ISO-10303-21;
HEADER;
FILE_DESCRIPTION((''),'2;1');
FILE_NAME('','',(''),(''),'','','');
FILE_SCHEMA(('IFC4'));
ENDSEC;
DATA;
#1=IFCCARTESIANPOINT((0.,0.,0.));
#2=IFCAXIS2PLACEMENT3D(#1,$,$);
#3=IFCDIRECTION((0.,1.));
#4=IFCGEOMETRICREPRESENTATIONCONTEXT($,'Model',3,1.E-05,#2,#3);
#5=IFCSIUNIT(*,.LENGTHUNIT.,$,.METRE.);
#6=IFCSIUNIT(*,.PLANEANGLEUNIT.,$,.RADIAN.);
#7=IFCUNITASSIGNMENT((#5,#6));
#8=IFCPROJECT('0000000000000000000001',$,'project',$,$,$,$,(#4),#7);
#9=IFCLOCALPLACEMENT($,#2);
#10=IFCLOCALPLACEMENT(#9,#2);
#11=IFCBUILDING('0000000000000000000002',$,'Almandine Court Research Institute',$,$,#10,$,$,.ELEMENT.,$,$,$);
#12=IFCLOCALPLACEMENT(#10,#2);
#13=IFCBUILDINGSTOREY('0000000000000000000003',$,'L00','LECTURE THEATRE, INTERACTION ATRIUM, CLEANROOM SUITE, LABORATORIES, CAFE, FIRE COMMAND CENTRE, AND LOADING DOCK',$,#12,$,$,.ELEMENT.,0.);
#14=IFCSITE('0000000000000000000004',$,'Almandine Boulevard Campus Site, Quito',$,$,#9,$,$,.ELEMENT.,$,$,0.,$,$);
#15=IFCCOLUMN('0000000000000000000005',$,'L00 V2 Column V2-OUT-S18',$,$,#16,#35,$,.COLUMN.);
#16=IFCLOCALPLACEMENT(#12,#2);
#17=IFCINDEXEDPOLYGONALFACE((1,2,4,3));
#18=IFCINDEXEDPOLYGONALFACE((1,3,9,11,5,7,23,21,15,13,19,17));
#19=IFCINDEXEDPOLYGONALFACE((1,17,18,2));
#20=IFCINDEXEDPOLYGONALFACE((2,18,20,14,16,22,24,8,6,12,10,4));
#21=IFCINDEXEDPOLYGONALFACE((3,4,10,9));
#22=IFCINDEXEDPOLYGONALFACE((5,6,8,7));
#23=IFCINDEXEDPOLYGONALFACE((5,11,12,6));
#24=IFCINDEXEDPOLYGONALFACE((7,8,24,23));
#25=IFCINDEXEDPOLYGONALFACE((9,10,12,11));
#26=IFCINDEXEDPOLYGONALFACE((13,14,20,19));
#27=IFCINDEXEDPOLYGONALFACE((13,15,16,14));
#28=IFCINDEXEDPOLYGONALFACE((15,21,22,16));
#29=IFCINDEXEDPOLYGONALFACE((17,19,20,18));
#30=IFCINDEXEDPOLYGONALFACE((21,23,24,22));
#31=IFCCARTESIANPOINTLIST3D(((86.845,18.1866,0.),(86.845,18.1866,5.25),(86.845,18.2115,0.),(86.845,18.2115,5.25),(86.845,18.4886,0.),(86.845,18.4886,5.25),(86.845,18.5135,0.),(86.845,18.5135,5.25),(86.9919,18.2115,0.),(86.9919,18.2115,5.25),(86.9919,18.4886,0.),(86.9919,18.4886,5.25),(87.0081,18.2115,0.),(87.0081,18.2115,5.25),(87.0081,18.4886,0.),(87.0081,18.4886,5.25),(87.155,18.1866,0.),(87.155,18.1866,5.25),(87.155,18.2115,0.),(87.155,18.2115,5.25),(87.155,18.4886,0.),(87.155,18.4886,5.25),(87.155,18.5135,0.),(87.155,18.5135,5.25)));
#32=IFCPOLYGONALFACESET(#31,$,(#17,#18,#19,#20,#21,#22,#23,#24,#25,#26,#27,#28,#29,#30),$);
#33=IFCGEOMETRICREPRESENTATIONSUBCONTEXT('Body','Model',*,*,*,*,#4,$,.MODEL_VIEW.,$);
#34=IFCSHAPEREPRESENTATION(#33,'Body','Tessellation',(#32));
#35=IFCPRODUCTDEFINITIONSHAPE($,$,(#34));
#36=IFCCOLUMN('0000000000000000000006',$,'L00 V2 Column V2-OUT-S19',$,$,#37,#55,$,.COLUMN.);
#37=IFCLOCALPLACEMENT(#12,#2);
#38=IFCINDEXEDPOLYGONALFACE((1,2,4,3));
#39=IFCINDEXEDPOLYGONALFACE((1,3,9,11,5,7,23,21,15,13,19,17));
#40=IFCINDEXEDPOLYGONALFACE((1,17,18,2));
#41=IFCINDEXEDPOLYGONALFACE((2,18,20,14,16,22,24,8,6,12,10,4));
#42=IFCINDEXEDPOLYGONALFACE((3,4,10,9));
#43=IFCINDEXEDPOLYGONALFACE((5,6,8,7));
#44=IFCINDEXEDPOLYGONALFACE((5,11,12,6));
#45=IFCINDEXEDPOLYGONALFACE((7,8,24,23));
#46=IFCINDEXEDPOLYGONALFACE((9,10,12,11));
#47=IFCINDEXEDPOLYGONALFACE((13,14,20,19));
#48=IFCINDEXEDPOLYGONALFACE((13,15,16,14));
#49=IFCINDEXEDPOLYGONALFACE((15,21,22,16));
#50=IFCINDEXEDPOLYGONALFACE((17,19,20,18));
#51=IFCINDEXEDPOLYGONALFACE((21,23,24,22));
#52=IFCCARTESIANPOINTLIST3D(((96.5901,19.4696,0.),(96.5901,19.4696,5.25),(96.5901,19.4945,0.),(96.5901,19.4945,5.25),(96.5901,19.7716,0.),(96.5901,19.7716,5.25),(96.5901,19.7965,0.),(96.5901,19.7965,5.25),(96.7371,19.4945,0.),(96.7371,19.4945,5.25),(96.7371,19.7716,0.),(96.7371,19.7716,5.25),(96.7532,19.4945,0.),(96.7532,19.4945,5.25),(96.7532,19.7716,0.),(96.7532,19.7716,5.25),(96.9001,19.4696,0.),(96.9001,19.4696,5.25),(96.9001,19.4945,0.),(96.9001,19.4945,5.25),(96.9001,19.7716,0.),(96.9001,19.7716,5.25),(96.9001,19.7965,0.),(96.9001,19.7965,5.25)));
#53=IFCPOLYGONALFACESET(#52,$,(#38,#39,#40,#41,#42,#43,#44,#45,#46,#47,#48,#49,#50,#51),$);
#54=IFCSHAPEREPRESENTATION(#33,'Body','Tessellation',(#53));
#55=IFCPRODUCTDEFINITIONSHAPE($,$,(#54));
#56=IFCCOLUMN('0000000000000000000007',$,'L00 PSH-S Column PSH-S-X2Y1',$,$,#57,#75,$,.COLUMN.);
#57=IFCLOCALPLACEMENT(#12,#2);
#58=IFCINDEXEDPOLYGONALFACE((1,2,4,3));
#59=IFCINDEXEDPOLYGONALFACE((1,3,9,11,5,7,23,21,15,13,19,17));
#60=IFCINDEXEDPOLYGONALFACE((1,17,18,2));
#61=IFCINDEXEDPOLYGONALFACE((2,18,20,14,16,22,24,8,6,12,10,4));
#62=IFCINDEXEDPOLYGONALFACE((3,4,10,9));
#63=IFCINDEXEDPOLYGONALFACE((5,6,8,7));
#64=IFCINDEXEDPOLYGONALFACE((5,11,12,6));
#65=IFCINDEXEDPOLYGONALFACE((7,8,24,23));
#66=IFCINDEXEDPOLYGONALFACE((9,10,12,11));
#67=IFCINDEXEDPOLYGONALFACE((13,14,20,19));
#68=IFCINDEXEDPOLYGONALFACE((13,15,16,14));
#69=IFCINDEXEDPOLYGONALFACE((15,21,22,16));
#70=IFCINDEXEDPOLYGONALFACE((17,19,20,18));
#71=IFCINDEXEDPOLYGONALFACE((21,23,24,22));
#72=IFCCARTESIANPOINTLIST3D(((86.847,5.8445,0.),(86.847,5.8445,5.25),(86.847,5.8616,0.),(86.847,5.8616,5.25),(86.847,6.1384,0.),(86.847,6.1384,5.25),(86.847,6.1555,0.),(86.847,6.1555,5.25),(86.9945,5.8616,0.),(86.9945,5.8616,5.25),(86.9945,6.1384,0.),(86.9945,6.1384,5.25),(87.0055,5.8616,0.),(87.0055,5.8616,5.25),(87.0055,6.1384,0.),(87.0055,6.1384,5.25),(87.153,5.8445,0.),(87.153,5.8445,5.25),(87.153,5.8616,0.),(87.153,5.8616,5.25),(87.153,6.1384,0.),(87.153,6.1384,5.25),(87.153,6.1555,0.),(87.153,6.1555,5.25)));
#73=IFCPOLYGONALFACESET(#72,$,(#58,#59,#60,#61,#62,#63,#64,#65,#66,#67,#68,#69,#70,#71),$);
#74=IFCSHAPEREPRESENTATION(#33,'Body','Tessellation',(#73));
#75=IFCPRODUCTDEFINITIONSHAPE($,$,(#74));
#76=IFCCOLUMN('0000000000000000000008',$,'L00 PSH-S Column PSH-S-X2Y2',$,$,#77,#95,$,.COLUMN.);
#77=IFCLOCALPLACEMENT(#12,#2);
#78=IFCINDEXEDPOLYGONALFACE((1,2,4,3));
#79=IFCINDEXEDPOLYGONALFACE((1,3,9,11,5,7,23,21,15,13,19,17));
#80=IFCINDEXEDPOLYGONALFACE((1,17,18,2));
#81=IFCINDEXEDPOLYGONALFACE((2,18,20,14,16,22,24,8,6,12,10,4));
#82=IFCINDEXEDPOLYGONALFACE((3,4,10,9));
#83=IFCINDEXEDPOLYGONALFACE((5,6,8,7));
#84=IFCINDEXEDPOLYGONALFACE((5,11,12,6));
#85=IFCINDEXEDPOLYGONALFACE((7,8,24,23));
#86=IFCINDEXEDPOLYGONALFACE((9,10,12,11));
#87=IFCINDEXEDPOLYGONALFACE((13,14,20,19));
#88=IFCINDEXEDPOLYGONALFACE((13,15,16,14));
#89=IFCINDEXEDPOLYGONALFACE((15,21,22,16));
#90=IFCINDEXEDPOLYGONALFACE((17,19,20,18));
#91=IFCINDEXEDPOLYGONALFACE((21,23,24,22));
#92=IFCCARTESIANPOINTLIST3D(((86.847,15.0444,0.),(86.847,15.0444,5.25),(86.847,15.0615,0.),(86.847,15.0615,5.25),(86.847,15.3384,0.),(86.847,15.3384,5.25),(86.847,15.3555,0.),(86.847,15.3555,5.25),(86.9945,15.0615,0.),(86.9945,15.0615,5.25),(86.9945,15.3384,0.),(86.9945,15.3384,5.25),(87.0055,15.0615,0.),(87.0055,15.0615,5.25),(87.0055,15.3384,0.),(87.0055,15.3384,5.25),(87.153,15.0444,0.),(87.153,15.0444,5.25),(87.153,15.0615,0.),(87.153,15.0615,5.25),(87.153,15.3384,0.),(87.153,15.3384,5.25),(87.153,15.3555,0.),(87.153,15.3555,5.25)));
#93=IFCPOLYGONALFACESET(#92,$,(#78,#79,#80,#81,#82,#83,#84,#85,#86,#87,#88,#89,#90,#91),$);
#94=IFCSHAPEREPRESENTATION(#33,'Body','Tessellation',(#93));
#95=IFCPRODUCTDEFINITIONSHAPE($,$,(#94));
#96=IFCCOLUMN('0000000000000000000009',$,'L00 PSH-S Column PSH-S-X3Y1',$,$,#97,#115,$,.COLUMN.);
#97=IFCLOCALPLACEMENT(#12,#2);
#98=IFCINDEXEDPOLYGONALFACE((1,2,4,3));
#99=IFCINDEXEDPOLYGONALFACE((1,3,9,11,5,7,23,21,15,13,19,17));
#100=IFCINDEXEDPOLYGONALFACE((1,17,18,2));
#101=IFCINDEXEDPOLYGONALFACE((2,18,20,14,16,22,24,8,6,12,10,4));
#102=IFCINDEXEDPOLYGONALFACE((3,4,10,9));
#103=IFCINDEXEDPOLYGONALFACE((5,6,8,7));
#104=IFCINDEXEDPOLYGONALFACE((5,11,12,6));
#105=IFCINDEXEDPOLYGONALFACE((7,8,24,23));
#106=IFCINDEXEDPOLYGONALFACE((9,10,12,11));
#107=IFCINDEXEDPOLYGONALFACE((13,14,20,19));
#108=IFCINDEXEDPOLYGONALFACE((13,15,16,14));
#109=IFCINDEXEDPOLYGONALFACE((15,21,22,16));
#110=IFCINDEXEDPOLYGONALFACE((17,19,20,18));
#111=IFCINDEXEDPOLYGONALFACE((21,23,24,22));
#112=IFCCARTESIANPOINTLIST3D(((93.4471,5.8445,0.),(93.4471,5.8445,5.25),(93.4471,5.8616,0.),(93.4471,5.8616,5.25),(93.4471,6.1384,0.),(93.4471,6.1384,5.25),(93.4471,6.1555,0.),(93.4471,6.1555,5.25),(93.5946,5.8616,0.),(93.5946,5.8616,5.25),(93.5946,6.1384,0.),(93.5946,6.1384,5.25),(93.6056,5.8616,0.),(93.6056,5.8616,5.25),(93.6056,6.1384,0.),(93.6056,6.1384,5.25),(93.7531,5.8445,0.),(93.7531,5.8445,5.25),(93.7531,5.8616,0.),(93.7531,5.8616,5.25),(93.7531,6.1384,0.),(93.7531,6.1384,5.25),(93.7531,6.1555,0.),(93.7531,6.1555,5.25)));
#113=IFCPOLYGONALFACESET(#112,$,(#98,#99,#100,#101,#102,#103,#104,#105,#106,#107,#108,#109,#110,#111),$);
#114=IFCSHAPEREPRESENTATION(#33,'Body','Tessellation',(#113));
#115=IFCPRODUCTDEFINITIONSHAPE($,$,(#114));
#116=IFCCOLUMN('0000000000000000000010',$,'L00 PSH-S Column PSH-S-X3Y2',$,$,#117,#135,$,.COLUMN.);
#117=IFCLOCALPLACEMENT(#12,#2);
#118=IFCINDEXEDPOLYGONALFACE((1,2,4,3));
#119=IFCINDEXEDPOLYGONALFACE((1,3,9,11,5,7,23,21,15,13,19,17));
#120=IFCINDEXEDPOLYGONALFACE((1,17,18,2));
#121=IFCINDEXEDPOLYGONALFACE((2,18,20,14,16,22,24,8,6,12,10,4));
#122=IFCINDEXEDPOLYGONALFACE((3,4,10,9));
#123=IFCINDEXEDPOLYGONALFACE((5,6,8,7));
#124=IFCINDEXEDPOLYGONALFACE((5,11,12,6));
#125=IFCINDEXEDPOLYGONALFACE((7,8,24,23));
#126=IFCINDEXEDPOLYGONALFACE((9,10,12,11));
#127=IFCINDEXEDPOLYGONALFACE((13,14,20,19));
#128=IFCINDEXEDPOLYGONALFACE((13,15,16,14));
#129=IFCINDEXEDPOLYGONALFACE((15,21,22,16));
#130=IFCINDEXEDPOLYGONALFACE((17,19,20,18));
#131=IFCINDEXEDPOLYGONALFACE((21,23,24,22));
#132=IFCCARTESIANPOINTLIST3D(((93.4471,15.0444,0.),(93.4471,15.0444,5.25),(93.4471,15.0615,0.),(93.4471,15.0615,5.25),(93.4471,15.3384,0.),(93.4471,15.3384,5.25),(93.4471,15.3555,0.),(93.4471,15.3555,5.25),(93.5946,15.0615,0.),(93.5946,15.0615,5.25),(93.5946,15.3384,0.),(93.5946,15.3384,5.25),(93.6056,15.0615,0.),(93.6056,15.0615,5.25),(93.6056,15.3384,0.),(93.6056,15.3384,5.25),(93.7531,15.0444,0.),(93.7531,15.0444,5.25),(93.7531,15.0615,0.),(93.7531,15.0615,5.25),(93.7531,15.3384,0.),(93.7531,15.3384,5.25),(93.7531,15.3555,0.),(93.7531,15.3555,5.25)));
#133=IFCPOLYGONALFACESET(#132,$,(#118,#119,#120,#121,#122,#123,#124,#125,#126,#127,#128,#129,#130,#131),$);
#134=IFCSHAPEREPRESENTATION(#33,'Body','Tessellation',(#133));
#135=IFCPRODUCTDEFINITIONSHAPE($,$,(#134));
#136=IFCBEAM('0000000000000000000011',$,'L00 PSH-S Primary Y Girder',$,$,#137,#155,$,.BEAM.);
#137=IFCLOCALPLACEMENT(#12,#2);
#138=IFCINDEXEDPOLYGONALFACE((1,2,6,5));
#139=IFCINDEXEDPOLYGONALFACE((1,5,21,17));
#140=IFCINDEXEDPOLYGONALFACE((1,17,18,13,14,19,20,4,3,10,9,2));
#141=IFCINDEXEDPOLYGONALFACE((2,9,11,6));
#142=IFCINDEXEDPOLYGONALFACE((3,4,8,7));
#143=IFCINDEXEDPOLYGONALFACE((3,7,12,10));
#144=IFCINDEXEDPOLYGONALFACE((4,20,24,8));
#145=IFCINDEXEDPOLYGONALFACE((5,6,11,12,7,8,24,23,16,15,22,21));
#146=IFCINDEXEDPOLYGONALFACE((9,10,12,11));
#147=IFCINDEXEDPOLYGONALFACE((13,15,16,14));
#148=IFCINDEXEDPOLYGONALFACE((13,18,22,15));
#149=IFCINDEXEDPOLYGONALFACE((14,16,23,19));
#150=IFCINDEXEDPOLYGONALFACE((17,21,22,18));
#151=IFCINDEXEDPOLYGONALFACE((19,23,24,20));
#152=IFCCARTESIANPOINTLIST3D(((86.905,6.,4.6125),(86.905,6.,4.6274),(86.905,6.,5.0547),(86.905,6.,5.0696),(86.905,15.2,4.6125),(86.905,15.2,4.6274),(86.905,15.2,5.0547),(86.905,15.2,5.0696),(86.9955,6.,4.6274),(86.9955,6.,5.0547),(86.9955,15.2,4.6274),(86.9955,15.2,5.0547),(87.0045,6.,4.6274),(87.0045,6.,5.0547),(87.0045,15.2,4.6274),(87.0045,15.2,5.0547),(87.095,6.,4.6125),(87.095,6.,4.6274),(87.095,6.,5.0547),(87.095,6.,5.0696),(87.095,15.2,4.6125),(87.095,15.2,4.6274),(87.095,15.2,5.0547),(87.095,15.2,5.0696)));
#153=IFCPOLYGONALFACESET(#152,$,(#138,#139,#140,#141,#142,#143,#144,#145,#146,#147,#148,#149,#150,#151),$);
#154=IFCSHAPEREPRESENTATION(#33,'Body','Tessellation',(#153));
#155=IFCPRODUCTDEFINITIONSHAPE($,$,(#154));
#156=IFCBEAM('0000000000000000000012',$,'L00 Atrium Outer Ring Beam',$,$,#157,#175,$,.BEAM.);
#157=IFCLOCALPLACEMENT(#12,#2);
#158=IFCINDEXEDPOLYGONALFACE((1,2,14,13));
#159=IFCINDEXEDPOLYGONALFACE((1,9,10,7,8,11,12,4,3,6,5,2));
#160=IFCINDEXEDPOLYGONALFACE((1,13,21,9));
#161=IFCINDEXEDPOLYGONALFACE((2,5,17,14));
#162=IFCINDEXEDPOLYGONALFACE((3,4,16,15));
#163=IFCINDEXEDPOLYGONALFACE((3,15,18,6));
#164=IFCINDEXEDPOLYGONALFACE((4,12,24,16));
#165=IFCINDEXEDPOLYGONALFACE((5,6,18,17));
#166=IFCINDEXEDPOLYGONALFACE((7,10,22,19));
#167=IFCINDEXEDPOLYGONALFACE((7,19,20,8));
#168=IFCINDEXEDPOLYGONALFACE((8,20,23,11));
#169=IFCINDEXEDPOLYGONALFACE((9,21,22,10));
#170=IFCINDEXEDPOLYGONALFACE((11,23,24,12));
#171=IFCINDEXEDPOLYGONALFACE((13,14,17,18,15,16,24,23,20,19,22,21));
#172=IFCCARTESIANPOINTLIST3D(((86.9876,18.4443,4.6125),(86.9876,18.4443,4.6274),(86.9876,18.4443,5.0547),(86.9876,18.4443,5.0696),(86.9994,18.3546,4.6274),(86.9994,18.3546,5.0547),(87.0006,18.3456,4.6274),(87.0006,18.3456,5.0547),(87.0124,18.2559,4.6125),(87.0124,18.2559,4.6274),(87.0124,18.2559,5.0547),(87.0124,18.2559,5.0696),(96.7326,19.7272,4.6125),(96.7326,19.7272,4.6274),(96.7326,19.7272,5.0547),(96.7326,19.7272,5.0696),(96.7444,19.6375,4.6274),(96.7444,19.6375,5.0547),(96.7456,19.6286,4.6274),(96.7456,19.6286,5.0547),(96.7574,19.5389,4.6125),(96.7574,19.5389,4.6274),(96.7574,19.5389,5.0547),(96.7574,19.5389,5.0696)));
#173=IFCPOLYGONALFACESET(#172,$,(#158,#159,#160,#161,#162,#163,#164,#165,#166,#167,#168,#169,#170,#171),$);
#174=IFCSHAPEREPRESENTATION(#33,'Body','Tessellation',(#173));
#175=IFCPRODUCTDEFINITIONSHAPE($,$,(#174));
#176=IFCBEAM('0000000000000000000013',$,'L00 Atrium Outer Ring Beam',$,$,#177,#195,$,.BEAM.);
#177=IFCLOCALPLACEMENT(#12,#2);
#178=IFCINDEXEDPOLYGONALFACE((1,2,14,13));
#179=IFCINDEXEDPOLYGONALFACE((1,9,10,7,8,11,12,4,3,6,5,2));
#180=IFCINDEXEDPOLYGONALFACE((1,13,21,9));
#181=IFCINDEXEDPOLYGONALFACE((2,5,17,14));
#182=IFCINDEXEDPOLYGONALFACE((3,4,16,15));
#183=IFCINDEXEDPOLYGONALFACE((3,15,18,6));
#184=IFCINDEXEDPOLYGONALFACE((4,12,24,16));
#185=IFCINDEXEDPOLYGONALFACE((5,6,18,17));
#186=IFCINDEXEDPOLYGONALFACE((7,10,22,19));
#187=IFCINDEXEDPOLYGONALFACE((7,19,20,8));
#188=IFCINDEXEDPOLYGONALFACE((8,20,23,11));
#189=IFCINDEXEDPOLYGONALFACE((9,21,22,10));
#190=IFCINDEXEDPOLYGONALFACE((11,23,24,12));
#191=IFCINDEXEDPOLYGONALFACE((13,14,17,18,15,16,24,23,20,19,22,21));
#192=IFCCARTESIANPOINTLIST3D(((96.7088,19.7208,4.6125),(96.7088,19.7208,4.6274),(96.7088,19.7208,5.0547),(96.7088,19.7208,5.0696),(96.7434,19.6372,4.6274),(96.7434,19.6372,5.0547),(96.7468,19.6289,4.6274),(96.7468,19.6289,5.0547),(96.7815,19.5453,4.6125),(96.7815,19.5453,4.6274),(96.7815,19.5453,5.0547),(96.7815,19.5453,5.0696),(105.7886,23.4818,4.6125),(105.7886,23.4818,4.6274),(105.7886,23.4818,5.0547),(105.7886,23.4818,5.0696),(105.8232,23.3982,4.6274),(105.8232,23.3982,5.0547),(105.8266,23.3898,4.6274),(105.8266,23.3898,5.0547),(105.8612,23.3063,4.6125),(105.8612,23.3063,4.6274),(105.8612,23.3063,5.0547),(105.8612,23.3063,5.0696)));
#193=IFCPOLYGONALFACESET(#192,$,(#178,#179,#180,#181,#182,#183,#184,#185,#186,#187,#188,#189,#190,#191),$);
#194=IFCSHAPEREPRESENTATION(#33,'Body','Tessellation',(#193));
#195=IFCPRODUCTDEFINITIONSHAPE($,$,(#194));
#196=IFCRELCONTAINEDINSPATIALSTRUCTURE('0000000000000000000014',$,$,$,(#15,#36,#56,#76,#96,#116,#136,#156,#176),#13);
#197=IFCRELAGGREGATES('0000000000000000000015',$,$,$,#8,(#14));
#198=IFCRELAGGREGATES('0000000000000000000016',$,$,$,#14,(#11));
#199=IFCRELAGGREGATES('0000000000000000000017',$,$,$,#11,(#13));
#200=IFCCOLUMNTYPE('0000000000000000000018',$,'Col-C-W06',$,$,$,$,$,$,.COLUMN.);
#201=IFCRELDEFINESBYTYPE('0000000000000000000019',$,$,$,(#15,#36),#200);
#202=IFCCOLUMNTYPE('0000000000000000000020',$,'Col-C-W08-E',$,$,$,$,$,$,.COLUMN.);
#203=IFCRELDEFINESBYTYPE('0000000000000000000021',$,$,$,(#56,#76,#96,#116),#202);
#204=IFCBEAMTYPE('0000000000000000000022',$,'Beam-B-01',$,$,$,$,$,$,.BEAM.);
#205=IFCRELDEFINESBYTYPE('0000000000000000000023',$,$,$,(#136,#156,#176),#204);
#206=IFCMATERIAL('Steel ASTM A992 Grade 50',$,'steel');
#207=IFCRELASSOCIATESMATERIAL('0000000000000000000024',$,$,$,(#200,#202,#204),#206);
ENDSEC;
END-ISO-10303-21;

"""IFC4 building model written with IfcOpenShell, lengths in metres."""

from ifc_helpers import new_model, si_unit, direction, frame, origin, origin_2d, place, context, subcontext, project, spatial, i_section, extrude, material, material_profile, profile_set, type_object, element, save


model = new_model("IFC4")

# Units and contexts
model_context = context("Model", 3, precision=1e-05, world=origin(), true_north=direction((0.0, 1.0)))
body_context = subcontext(model_context, "Body", "Model", "MODEL_VIEW")
ifc_project = project(units=[si_unit("LENGTHUNIT", "METRE"), si_unit("PLANEANGLEUNIT", "RADIAN")], contexts=[model_context])

# Site, building, storey
site_placement = place(None, origin())
site = spatial("IfcSite", under=ifc_project, at=site_placement, Name="Almandine Boulevard Campus Site, Quito", CompositionType="ELEMENT", RefElevation=0.0)
building_placement = place(site_placement, origin())
building = spatial("IfcBuilding", under=site, at=building_placement, Name="Almandine Court Research Institute", CompositionType="ELEMENT")
storey_placement = place(building_placement, origin())
storey = spatial("IfcBuildingStorey", under=building, at=storey_placement, Name="L00", Description="LECTURE THEATRE, INTERACTION ATRIUM, CLEANROOM SUITE, LABORATORIES, CAFE, FIRE COMMAND CENTRE, AND LOADING DOCK", CompositionType="ELEMENT", Elevation=0.0)

# Columns
ifc_material_1 = material(Name="Steel ASTM A992 Grade 50", Category="steel")
ifc_material_profile_1 = material_profile(ifc_material_1, i_section(OverallWidth=0.3101, OverallDepth=0.3269, WebThickness=0.0161, FlangeThickness=0.0249, at=origin_2d()), Name="W310x158")
ifc_profile_set_1 = profile_set([ifc_material_profile_1], Name="Steel ASTM A992 Grade 50")
column_type_1 = type_object("IfcColumnType", Name="Col-C-W06", PredefinedType="COLUMN", material=ifc_profile_set_1)
for number, where, z_axis, x_axis, name in (
    (1, (87.0, 18.3501, 0.0), (0.0, 0.0, 1.0), (1.0, 0.0, 0.0), "L00 V2 Column V2-OUT-S18"),
    (2, (96.7451, 19.6331, 0.0), (0.0, 0.0, 1.0), (1.0, 0.0, 0.0), "L00 V2 Column V2-OUT-S19"),
):
    element("IfcColumn", number, at=place(storey_placement, frame(where, z_axis=z_axis, x_axis=x_axis)), inside=storey, type_object=column_type_1, Name=name, PredefinedType="COLUMN", context=body_context, shape_type="SweptSolid", body=[
        extrude(i_section(OverallWidth=0.3101, OverallDepth=0.3269, WebThickness=0.0161, FlangeThickness=0.0249, at=origin_2d()), origin(), (0.0, 0.0, 1.0), 5.25),
    ])
ifc_material_profile_2 = material_profile(ifc_material_1, i_section(OverallWidth=0.3059, OverallDepth=0.311, WebThickness=0.011, FlangeThickness=0.0171, at=origin_2d()), Name="W310x107")
ifc_profile_set_2 = profile_set([ifc_material_profile_2], Name="Steel ASTM A992 Grade 50")
column_type_2 = type_object("IfcColumnType", Name="Col-C-W08-E", PredefinedType="COLUMN", material=ifc_profile_set_2)
for number, where, z_axis, x_axis, name in (
    (3, (87.0, 6.0, 0.0), (0.0, 0.0, 1.0), (1.0, 0.0, 0.0), "L00 PSH-S Column PSH-S-X2Y1"),
    (4, (87.0, 15.2, 0.0), (0.0, 0.0, 1.0), (1.0, 0.0, 0.0), "L00 PSH-S Column PSH-S-X2Y2"),
    (5, (93.6001, 6.0, 0.0), (0.0, 0.0, 1.0), (1.0, 0.0, 0.0), "L00 PSH-S Column PSH-S-X3Y1"),
    (6, (93.6001, 15.2, 0.0), (0.0, 0.0, 1.0), (1.0, 0.0, 0.0), "L00 PSH-S Column PSH-S-X3Y2"),
):
    element("IfcColumn", number, at=place(storey_placement, frame(where, z_axis=z_axis, x_axis=x_axis)), inside=storey, type_object=column_type_2, Name=name, PredefinedType="COLUMN", context=body_context, shape_type="SweptSolid", body=[
        extrude(i_section(OverallWidth=0.3059, OverallDepth=0.311, WebThickness=0.011, FlangeThickness=0.0171, at=origin_2d()), origin(), (0.0, 0.0, 1.0), 5.25),
    ])

# Beams
ifc_material_profile_3 = material_profile(ifc_material_1, i_section(OverallWidth=0.1899, OverallDepth=0.457, WebThickness=0.009, FlangeThickness=0.0149, at=origin_2d()), Name="W460x74")
ifc_profile_set_3 = profile_set([ifc_material_profile_3], Name="Steel ASTM A992 Grade 50")
beam_type_1 = type_object("IfcBeamType", Name="Beam-B-01", PredefinedType="BEAM", material=ifc_profile_set_3)
beam_1_placement = place(storey_placement, frame((87.0, 6.0, 4.8411), z_axis=(0.0, 1.0, 0.0), x_axis=(-1.0, 0.0, 0.0)))
element("IfcBeam", 7, at=beam_1_placement, inside=storey, type_object=beam_type_1, Name="L00 PSH-S Primary Y Girder", PredefinedType="BEAM", context=body_context, shape_type="SweptSolid", body=[
    extrude(i_section(OverallWidth=0.1899, OverallDepth=0.457, WebThickness=0.009, FlangeThickness=0.0149, at=origin_2d()), origin(), (0.0, 0.0, 1.0), 9.2),
])
beam_2_placement = place(storey_placement, frame((87.0, 18.3501, 4.8411), z_axis=(0.991445, 0.130525, 0.0), x_axis=(-0.130525, 0.991445, 0.0)))
element("IfcBeam", 8, at=beam_2_placement, inside=storey, type_object=beam_type_1, Name="L00 Atrium Outer Ring Beam", PredefinedType="BEAM", context=body_context, shape_type="SweptSolid", body=[
    extrude(i_section(OverallWidth=0.1899, OverallDepth=0.457, WebThickness=0.009, FlangeThickness=0.0149, at=origin_2d()), origin(), (0.0, 0.0, 1.0), 9.8291),
])
beam_3_placement = place(storey_placement, frame((96.7451, 19.6331, 4.8411), z_axis=(0.92388, 0.382683, 0.0), x_axis=(-0.382683, 0.92388, 0.0)))
element("IfcBeam", 9, at=beam_3_placement, inside=storey, type_object=beam_type_1, Name="L00 Atrium Outer Ring Beam", PredefinedType="BEAM", context=body_context, shape_type="SweptSolid", body=[
    extrude(i_section(OverallWidth=0.1899, OverallDepth=0.457, WebThickness=0.009, FlangeThickness=0.0149, at=origin_2d()), origin(), (0.0, 0.0, 1.0), 9.8279),
])

save(model, "model.ifc")
